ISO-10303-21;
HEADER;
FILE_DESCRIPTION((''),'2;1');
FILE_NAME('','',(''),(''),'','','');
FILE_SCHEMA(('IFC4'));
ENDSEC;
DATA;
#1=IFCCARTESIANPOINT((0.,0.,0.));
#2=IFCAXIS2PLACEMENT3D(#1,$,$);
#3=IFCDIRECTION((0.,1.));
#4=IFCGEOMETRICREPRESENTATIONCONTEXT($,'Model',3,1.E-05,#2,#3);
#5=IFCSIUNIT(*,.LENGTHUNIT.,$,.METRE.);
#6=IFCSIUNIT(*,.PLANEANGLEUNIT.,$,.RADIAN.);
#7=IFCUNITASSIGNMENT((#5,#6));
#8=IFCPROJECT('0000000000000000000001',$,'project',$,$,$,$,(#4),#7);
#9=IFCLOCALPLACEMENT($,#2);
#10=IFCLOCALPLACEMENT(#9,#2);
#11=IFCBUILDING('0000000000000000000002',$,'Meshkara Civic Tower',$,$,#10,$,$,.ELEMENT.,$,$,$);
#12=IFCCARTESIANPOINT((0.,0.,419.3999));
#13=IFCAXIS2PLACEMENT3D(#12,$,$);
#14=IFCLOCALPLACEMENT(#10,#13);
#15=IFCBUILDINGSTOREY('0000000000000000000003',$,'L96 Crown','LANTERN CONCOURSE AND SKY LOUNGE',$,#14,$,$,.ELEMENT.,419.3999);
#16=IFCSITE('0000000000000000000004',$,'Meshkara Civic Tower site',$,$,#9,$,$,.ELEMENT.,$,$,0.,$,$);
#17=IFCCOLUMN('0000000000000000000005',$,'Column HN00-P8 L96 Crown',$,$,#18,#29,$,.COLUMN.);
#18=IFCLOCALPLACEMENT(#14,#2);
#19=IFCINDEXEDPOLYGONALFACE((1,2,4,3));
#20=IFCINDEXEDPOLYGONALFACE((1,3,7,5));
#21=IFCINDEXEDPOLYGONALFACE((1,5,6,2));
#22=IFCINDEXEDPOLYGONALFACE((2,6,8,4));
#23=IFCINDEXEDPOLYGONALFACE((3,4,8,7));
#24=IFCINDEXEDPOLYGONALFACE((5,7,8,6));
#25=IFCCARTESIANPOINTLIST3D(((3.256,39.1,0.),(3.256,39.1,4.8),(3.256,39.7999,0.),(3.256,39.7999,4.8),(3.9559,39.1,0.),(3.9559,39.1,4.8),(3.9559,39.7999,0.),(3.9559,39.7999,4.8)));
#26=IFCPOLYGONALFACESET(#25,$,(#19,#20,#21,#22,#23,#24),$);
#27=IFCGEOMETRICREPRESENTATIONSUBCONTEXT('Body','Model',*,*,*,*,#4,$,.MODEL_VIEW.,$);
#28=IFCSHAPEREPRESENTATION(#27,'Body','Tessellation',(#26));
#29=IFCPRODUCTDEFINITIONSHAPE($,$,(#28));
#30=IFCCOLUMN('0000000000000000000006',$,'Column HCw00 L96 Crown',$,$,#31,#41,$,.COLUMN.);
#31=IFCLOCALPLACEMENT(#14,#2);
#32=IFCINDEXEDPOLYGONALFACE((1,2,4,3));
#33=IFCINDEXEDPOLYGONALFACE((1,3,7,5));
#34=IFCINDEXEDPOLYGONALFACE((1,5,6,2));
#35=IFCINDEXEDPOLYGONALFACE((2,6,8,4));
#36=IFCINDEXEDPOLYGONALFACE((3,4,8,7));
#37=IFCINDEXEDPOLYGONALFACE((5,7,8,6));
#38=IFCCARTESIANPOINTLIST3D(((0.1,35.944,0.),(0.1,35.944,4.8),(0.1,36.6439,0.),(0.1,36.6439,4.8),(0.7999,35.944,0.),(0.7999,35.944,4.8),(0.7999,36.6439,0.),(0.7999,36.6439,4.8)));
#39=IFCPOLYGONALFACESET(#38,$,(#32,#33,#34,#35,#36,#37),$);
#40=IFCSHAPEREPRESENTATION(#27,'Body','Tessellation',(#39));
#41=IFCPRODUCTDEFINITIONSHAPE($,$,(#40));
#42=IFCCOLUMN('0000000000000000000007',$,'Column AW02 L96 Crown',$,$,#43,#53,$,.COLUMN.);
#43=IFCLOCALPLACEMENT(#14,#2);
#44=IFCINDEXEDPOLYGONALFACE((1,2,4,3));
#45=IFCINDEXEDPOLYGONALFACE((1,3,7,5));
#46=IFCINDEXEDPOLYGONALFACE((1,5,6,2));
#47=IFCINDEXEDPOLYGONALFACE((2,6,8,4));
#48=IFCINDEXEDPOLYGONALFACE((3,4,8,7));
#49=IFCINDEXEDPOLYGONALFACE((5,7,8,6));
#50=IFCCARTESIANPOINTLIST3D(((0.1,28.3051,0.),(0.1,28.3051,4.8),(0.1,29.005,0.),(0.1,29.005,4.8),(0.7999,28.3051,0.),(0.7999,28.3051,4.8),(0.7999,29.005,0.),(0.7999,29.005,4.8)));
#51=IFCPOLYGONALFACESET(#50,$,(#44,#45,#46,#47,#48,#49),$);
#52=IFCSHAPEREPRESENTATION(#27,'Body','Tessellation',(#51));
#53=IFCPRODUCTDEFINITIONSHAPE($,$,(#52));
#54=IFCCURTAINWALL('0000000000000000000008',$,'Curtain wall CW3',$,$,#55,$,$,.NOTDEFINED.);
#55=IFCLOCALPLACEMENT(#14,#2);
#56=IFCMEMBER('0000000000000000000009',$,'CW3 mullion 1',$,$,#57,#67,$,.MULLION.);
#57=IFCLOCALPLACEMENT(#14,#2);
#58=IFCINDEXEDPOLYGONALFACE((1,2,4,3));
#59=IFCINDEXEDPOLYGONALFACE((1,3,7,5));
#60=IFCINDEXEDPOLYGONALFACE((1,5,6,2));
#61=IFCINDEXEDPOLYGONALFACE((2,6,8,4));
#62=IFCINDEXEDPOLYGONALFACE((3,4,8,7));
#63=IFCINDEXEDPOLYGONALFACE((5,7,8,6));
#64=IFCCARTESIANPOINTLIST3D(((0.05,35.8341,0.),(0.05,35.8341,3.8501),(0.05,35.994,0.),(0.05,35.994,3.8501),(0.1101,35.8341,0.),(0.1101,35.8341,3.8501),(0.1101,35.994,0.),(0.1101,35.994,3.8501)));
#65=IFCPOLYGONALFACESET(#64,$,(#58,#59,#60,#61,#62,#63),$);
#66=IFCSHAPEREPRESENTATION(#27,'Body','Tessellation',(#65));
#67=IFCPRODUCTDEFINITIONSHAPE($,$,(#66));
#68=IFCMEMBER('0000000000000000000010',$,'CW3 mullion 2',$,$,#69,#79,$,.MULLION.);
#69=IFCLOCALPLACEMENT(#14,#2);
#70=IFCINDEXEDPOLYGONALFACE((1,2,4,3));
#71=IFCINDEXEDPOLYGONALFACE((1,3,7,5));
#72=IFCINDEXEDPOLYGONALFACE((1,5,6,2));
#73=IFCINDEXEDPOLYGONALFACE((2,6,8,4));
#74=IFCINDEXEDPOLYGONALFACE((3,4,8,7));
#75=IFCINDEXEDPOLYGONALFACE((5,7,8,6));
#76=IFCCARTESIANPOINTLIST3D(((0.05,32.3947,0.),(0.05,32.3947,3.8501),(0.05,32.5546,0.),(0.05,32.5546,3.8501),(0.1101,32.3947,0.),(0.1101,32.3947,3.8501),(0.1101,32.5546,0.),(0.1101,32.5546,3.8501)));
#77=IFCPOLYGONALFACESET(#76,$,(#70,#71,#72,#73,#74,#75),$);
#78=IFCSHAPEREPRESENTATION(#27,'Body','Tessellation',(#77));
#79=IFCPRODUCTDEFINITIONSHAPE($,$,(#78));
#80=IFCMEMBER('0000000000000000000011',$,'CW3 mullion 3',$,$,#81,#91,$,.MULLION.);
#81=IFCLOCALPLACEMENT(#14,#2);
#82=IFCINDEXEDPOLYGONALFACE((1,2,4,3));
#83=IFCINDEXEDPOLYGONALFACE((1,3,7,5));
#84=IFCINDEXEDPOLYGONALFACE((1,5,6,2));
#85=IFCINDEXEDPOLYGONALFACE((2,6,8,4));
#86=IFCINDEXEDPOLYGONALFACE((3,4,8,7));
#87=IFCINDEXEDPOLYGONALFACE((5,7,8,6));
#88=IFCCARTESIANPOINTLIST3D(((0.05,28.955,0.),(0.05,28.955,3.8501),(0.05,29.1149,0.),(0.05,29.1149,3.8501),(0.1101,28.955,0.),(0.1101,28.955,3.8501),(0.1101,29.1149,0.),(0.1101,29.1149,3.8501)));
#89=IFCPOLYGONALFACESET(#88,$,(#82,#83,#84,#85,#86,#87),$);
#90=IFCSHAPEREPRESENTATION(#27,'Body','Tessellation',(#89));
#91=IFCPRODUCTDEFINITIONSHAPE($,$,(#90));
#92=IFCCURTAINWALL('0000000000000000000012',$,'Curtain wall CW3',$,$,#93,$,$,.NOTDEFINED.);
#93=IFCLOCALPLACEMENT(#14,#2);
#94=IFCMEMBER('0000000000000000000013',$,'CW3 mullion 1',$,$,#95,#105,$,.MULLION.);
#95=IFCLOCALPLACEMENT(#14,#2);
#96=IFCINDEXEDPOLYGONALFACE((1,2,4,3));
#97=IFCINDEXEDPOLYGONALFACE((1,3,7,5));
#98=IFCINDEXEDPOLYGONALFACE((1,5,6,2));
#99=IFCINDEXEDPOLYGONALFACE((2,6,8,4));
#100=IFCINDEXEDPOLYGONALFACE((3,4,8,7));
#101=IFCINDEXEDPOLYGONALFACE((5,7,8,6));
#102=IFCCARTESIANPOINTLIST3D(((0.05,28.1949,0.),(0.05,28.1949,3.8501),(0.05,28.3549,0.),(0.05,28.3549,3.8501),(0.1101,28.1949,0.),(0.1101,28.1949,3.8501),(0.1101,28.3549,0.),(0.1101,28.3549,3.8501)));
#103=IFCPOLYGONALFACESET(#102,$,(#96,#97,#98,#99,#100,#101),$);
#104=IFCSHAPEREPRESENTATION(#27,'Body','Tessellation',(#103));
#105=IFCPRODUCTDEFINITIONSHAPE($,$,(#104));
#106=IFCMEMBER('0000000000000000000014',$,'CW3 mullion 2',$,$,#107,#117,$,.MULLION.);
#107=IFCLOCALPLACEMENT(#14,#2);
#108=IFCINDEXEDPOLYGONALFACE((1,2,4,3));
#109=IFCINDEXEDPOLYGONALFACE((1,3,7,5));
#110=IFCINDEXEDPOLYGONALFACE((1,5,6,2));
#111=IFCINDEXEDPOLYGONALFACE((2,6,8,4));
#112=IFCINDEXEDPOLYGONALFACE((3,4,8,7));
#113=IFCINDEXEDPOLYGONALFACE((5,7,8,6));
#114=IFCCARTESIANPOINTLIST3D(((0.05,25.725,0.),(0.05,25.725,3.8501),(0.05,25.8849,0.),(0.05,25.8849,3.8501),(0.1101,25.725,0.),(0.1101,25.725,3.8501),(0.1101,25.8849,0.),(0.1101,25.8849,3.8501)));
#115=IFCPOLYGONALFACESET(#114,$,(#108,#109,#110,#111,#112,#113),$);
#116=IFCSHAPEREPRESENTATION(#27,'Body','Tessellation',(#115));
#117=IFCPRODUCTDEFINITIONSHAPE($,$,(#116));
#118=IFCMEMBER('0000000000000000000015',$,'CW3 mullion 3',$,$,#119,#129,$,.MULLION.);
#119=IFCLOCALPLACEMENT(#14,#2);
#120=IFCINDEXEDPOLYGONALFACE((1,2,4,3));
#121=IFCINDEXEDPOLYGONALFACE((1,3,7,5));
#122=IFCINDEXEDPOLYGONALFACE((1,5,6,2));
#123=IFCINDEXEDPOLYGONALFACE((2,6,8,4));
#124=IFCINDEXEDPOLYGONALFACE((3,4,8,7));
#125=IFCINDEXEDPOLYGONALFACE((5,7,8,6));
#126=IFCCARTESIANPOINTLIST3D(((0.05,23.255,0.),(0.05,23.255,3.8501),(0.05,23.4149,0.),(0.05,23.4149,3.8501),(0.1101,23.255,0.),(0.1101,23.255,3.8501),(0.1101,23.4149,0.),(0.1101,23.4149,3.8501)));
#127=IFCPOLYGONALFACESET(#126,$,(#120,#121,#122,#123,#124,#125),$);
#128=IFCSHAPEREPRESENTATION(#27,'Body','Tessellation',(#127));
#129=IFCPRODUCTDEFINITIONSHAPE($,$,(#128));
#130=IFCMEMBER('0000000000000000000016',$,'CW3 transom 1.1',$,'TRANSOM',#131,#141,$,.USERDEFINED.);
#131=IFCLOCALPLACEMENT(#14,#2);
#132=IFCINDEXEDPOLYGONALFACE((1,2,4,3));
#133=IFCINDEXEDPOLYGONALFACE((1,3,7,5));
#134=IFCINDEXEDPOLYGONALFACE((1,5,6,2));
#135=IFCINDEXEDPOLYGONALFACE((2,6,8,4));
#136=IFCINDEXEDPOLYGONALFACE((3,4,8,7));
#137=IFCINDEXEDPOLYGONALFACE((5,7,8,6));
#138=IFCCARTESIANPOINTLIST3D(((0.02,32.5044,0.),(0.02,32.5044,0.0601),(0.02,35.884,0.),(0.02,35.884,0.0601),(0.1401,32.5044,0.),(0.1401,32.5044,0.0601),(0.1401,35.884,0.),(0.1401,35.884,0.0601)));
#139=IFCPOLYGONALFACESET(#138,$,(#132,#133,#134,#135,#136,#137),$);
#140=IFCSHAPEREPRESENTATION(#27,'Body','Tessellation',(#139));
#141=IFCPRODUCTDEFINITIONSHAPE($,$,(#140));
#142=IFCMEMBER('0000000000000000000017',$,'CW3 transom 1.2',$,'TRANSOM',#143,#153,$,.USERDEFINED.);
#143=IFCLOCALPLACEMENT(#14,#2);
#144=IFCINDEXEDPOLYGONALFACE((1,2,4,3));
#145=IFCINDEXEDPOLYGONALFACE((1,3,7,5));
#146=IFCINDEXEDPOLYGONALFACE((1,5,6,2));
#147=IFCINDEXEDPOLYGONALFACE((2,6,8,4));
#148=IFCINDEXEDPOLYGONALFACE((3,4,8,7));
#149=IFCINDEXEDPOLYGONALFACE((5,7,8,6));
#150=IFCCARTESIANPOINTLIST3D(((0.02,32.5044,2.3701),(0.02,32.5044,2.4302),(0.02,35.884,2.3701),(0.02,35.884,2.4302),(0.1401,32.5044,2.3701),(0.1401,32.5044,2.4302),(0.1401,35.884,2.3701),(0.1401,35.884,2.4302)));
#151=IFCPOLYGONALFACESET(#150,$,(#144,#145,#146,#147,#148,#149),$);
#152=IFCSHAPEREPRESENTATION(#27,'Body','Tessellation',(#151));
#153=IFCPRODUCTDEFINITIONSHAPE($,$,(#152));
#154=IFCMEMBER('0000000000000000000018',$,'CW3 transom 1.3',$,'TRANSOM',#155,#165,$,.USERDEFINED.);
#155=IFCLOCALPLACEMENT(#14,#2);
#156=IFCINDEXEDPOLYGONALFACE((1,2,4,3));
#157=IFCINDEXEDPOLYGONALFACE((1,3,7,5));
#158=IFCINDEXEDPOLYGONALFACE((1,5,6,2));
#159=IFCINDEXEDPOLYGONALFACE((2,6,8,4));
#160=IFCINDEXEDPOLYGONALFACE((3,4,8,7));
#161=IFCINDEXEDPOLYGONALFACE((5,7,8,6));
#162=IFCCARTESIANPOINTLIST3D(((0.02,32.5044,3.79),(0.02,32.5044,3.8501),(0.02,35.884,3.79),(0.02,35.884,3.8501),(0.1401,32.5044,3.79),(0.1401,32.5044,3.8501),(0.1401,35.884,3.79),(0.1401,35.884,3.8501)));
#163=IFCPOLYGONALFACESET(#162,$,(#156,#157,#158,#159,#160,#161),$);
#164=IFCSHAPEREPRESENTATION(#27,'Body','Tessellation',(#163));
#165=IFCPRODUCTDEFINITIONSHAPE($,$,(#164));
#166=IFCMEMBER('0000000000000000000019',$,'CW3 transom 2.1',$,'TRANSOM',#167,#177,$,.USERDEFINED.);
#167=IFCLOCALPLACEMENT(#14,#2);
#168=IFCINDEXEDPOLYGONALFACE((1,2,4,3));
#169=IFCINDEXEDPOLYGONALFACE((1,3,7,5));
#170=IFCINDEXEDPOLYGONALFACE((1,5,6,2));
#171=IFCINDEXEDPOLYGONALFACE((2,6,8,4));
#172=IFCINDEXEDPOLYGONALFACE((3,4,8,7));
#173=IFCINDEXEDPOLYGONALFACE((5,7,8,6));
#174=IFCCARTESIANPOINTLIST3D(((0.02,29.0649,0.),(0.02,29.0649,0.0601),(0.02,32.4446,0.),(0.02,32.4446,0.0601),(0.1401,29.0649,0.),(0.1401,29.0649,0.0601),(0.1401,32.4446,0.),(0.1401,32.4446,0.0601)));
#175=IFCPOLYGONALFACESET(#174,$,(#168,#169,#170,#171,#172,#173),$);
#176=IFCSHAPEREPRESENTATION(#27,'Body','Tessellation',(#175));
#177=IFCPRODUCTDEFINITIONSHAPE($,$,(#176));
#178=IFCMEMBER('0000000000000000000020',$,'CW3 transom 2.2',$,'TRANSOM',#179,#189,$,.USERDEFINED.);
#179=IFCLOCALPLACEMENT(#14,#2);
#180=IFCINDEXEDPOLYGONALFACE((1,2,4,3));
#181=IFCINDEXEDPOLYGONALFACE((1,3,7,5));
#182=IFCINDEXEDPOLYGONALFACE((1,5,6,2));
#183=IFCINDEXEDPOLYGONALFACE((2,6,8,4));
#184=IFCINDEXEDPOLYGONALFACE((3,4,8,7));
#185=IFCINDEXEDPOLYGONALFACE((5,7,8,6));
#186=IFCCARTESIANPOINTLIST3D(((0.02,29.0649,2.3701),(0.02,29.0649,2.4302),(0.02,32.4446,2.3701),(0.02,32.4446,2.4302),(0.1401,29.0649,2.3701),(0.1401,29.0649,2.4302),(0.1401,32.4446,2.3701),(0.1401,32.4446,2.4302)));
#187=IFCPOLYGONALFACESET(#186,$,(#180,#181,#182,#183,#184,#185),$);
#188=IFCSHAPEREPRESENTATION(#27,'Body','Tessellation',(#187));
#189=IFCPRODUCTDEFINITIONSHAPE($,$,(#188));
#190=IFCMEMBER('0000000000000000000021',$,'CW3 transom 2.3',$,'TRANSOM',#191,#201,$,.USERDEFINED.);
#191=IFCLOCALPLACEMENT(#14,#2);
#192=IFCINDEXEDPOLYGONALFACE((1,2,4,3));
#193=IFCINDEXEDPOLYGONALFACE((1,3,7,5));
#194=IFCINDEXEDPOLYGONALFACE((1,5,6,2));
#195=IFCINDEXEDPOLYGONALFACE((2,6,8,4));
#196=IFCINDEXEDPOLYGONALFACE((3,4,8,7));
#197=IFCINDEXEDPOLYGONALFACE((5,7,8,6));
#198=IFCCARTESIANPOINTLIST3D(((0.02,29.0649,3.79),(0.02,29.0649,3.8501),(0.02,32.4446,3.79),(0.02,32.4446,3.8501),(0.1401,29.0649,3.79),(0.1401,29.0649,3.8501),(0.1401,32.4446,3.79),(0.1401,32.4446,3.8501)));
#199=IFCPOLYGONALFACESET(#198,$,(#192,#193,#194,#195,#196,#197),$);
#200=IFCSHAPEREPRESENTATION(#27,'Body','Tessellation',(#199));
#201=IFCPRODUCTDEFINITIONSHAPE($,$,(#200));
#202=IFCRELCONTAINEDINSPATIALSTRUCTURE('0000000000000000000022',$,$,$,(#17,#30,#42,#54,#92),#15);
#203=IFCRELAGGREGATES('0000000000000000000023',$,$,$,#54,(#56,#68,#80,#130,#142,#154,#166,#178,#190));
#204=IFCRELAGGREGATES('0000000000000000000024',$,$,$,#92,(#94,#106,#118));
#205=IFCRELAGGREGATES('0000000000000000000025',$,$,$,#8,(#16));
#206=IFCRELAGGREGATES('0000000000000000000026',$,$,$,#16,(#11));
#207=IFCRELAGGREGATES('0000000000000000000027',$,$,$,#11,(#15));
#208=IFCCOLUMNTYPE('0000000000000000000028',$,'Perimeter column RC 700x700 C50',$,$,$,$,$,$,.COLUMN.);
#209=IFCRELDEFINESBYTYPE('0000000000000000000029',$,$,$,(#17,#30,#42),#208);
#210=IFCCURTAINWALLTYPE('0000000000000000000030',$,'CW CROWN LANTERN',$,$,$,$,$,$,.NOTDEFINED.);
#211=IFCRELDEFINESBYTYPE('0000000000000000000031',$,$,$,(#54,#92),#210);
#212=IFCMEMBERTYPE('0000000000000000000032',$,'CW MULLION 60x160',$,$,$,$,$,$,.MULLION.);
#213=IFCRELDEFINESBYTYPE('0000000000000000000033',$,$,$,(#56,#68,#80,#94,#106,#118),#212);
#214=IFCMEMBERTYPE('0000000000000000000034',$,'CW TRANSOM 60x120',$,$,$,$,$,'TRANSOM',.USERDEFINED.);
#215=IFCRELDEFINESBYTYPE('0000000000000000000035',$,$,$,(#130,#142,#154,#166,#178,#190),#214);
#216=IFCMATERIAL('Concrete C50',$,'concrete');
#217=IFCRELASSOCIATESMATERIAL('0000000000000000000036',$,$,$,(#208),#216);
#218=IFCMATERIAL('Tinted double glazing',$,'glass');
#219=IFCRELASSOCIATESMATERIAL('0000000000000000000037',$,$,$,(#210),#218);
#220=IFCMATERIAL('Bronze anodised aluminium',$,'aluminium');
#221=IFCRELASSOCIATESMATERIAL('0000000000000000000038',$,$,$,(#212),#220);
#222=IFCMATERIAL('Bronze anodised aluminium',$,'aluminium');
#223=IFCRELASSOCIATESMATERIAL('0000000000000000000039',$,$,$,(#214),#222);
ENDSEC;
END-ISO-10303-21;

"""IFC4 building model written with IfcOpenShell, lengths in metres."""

from ifc_helpers import new_model, si_unit, direction, frame, origin, origin_2d, place, context, subcontext, project, spatial, rectangle, extrude, material, material_profile, profile_set, type_object, element, aggregate, save


model = new_model("IFC4")

# Units and contexts
model_context = context("Model", 3, precision=1e-05, world=origin(), true_north=direction((0.0, 1.0)))
body_context = subcontext(model_context, "Body", "Model", "MODEL_VIEW")
ifc_project = project(units=[si_unit("LENGTHUNIT", "METRE"), si_unit("PLANEANGLEUNIT", "RADIAN")], contexts=[model_context])

# Site, building, storey
site_placement = place(None, origin())
site = spatial("IfcSite", under=ifc_project, at=site_placement, Name="Meshkara Civic Tower site", CompositionType="ELEMENT", RefElevation=0.0)
building_placement = place(site_placement, origin())
building = spatial("IfcBuilding", under=site, at=building_placement, Name="Meshkara Civic Tower", CompositionType="ELEMENT")
storey_placement = place(building_placement, frame((0.0, 0.0, 419.3999)))
storey = spatial("IfcBuildingStorey", under=building, at=storey_placement, Name="L96 Crown", Description="LANTERN CONCOURSE AND SKY LOUNGE", CompositionType="ELEMENT", Elevation=419.3999)

# Columns
ifc_material_1 = material(Name="Concrete C50", Category="concrete")
ifc_material_profile_1 = material_profile(ifc_material_1, rectangle(XDim=0.7, YDim=0.7, at=origin_2d()))
ifc_profile_set_1 = profile_set([ifc_material_profile_1], Name="Concrete C50")
column_type = type_object("IfcColumnType", Name="Perimeter column RC 700x700 C50", PredefinedType="COLUMN", material=ifc_profile_set_1)
for number, where, z_axis, x_axis, name in (
    (1, (3.606, 39.45, 0.0), (0.0, 0.0, 1.0), (1.0, 0.0, 0.0), "Column HN00-P8 L96 Crown"),
    (2, (0.45, 36.2939, 0.0), (0.0, 0.0, 1.0), (1.0, 0.0, 0.0), "Column HCw00 L96 Crown"),
    (3, (0.45, 28.655, 0.0), (0.0, 0.0, 1.0), (1.0, 0.0, 0.0), "Column AW02 L96 Crown"),
):
    element("IfcColumn", number, at=place(storey_placement, frame(where, z_axis=z_axis, x_axis=x_axis)), inside=storey, type_object=column_type, Name=name, PredefinedType="COLUMN", context=body_context, shape_type="SweptSolid", body=[
        extrude(rectangle(XDim=0.7, YDim=0.7, at=origin_2d()), origin(), (0.0, 0.0, 1.0), 4.8),
    ])

# Curtain walls, members
ifc_material_2 = material(Name="Tinted double glazing", Category="glass")
curtain_wall_type = type_object("IfcCurtainWallType", Name="CW CROWN LANTERN", PredefinedType="NOTDEFINED", material=ifc_material_2)
curtain_wall_1_placement = place(storey_placement, origin())
curtain_wall_1 = element("IfcCurtainWall", 4, at=curtain_wall_1_placement, inside=storey, type_object=curtain_wall_type, Name="Curtain wall CW3", PredefinedType="NOTDEFINED")
ifc_material_3 = material(Name="Bronze anodised aluminium", Category="aluminium")
ifc_material_profile_2 = material_profile(ifc_material_3, rectangle(XDim=0.0601, YDim=0.1599, at=origin_2d()))
ifc_profile_set_2 = profile_set([ifc_material_profile_2], Name="Bronze anodised aluminium")
member_type_1 = type_object("IfcMemberType", Name="CW MULLION 60x160", PredefinedType="MULLION", material=ifc_profile_set_2)
member_1_placement = place(storey_placement, frame((0.0801, 35.9141, 0.0), z_axis=(0.0, 0.0, 1.0), x_axis=(1.0, 0.0, 0.0)))
member_1 = element("IfcMember", 5, at=member_1_placement, type_object=member_type_1, Name="CW3 mullion 1", PredefinedType="MULLION", context=body_context, shape_type="SweptSolid", body=[
    extrude(rectangle(XDim=0.0601, YDim=0.1599, at=origin_2d()), origin(), (0.0, 0.0, 1.0), 3.8501),
])
member_2_placement = place(storey_placement, frame((0.0801, 32.4746, 0.0), z_axis=(0.0, 0.0, 1.0), x_axis=(1.0, 0.0, 0.0)))
member_2 = element("IfcMember", 6, at=member_2_placement, type_object=member_type_1, Name="CW3 mullion 2", PredefinedType="MULLION", context=body_context, shape_type="SweptSolid", body=[
    extrude(rectangle(XDim=0.0601, YDim=0.1599, at=origin_2d()), origin(), (0.0, 0.0, 1.0), 3.8501),
])
member_3_placement = place(storey_placement, frame((0.0801, 29.0349, 0.0), z_axis=(0.0, 0.0, 1.0), x_axis=(1.0, 0.0, 0.0)))
member_3 = element("IfcMember", 7, at=member_3_placement, type_object=member_type_1, Name="CW3 mullion 3", PredefinedType="MULLION", context=body_context, shape_type="SweptSolid", body=[
    extrude(rectangle(XDim=0.0601, YDim=0.1599, at=origin_2d()), origin(), (0.0, 0.0, 1.0), 3.8501),
])
curtain_wall_2_placement = place(storey_placement, origin())
curtain_wall_2 = element("IfcCurtainWall", 8, at=curtain_wall_2_placement, inside=storey, type_object=curtain_wall_type, Name="Curtain wall CW3", PredefinedType="NOTDEFINED")
member_4_placement = place(storey_placement, frame((0.0801, 28.2749, 0.0), z_axis=(0.0, 0.0, 1.0), x_axis=(1.0, 0.0, 0.0)))
member_4 = element("IfcMember", 9, at=member_4_placement, type_object=member_type_1, Name="CW3 mullion 1", PredefinedType="MULLION", context=body_context, shape_type="SweptSolid", body=[
    extrude(rectangle(XDim=0.0601, YDim=0.1599, at=origin_2d()), origin(), (0.0, 0.0, 1.0), 3.8501),
])
member_5_placement = place(storey_placement, frame((0.0801, 25.8049, 0.0), z_axis=(0.0, 0.0, 1.0), x_axis=(1.0, 0.0, 0.0)))
member_5 = element("IfcMember", 10, at=member_5_placement, type_object=member_type_1, Name="CW3 mullion 2", PredefinedType="MULLION", context=body_context, shape_type="SweptSolid", body=[
    extrude(rectangle(XDim=0.0601, YDim=0.1599, at=origin_2d()), origin(), (0.0, 0.0, 1.0), 3.8501),
])
member_6_placement = place(storey_placement, frame((0.0801, 23.335, 0.0), z_axis=(0.0, 0.0, 1.0), x_axis=(1.0, 0.0, 0.0)))
member_6 = element("IfcMember", 11, at=member_6_placement, type_object=member_type_1, Name="CW3 mullion 3", PredefinedType="MULLION", context=body_context, shape_type="SweptSolid", body=[
    extrude(rectangle(XDim=0.0601, YDim=0.1599, at=origin_2d()), origin(), (0.0, 0.0, 1.0), 3.8501),
])

# Members
ifc_material_4 = material(Name="Bronze anodised aluminium", Category="aluminium")
ifc_material_profile_3 = material_profile(ifc_material_4, rectangle(XDim=0.1201, YDim=0.0601, at=origin_2d()))
ifc_profile_set_3 = profile_set([ifc_material_profile_3], Name="Bronze anodised aluminium")
member_type_2 = type_object("IfcMemberType", Name="CW TRANSOM 60x120", ElementType="TRANSOM", PredefinedType="USERDEFINED", material=ifc_profile_set_3)
member_7_placement = place(storey_placement, frame((0.0801, 35.884, 0.03), z_axis=(0.0, -1.0, 0.0), x_axis=(1.0, 0.0, 0.0)))
member_7 = element("IfcMember", 12, at=member_7_placement, type_object=member_type_2, Name="CW3 transom 1.1", ObjectType="TRANSOM", PredefinedType="USERDEFINED", context=body_context, shape_type="SweptSolid", body=[
    extrude(rectangle(XDim=0.1201, YDim=0.0601, at=origin_2d()), origin(), (0.0, 0.0, 1.0), 3.3796),
])
member_8_placement = place(storey_placement, frame((0.0801, 35.884, 2.4001), z_axis=(0.0, -1.0, 0.0), x_axis=(1.0, 0.0, 0.0)))
member_8 = element("IfcMember", 13, at=member_8_placement, type_object=member_type_2, Name="CW3 transom 1.2", ObjectType="TRANSOM", PredefinedType="USERDEFINED", context=body_context, shape_type="SweptSolid", body=[
    extrude(rectangle(XDim=0.1201, YDim=0.0601, at=origin_2d()), origin(), (0.0, 0.0, 1.0), 3.3796),
])
member_9_placement = place(storey_placement, frame((0.0801, 35.884, 3.8201), z_axis=(0.0, -1.0, 0.0), x_axis=(1.0, 0.0, 0.0)))
member_9 = element("IfcMember", 14, at=member_9_placement, type_object=member_type_2, Name="CW3 transom 1.3", ObjectType="TRANSOM", PredefinedType="USERDEFINED", context=body_context, shape_type="SweptSolid", body=[
    extrude(rectangle(XDim=0.1201, YDim=0.0601, at=origin_2d()), origin(), (0.0, 0.0, 1.0), 3.3796),
])
member_10_placement = place(storey_placement, frame((0.0801, 32.4446, 0.03), z_axis=(0.0, -1.0, 0.0), x_axis=(1.0, 0.0, 0.0)))
member_10 = element("IfcMember", 15, at=member_10_placement, type_object=member_type_2, Name="CW3 transom 2.1", ObjectType="TRANSOM", PredefinedType="USERDEFINED", context=body_context, shape_type="SweptSolid", body=[
    extrude(rectangle(XDim=0.1201, YDim=0.0601, at=origin_2d()), origin(), (0.0, 0.0, 1.0), 3.3796),
])
member_11_placement = place(storey_placement, frame((0.0801, 32.4446, 2.4001), z_axis=(0.0, -1.0, 0.0), x_axis=(1.0, 0.0, 0.0)))
member_11 = element("IfcMember", 16, at=member_11_placement, type_object=member_type_2, Name="CW3 transom 2.2", ObjectType="TRANSOM", PredefinedType="USERDEFINED", context=body_context, shape_type="SweptSolid", body=[
    extrude(rectangle(XDim=0.1201, YDim=0.0601, at=origin_2d()), origin(), (0.0, 0.0, 1.0), 3.3796),
])
member_12_placement = place(storey_placement, frame((0.0801, 32.4446, 3.8201), z_axis=(0.0, -1.0, 0.0), x_axis=(1.0, 0.0, 0.0)))
member_12 = element("IfcMember", 17, at=member_12_placement, type_object=member_type_2, Name="CW3 transom 2.3", ObjectType="TRANSOM", PredefinedType="USERDEFINED", context=body_context, shape_type="SweptSolid", body=[
    extrude(rectangle(XDim=0.1201, YDim=0.0601, at=origin_2d()), origin(), (0.0, 0.0, 1.0), 3.3796),
])

aggregate(curtain_wall_1, [member_1, member_2, member_3, member_7, member_8, member_9, member_10, member_11, member_12])
aggregate(curtain_wall_2, [member_4, member_5, member_6])

save(model, "model.ifc")
